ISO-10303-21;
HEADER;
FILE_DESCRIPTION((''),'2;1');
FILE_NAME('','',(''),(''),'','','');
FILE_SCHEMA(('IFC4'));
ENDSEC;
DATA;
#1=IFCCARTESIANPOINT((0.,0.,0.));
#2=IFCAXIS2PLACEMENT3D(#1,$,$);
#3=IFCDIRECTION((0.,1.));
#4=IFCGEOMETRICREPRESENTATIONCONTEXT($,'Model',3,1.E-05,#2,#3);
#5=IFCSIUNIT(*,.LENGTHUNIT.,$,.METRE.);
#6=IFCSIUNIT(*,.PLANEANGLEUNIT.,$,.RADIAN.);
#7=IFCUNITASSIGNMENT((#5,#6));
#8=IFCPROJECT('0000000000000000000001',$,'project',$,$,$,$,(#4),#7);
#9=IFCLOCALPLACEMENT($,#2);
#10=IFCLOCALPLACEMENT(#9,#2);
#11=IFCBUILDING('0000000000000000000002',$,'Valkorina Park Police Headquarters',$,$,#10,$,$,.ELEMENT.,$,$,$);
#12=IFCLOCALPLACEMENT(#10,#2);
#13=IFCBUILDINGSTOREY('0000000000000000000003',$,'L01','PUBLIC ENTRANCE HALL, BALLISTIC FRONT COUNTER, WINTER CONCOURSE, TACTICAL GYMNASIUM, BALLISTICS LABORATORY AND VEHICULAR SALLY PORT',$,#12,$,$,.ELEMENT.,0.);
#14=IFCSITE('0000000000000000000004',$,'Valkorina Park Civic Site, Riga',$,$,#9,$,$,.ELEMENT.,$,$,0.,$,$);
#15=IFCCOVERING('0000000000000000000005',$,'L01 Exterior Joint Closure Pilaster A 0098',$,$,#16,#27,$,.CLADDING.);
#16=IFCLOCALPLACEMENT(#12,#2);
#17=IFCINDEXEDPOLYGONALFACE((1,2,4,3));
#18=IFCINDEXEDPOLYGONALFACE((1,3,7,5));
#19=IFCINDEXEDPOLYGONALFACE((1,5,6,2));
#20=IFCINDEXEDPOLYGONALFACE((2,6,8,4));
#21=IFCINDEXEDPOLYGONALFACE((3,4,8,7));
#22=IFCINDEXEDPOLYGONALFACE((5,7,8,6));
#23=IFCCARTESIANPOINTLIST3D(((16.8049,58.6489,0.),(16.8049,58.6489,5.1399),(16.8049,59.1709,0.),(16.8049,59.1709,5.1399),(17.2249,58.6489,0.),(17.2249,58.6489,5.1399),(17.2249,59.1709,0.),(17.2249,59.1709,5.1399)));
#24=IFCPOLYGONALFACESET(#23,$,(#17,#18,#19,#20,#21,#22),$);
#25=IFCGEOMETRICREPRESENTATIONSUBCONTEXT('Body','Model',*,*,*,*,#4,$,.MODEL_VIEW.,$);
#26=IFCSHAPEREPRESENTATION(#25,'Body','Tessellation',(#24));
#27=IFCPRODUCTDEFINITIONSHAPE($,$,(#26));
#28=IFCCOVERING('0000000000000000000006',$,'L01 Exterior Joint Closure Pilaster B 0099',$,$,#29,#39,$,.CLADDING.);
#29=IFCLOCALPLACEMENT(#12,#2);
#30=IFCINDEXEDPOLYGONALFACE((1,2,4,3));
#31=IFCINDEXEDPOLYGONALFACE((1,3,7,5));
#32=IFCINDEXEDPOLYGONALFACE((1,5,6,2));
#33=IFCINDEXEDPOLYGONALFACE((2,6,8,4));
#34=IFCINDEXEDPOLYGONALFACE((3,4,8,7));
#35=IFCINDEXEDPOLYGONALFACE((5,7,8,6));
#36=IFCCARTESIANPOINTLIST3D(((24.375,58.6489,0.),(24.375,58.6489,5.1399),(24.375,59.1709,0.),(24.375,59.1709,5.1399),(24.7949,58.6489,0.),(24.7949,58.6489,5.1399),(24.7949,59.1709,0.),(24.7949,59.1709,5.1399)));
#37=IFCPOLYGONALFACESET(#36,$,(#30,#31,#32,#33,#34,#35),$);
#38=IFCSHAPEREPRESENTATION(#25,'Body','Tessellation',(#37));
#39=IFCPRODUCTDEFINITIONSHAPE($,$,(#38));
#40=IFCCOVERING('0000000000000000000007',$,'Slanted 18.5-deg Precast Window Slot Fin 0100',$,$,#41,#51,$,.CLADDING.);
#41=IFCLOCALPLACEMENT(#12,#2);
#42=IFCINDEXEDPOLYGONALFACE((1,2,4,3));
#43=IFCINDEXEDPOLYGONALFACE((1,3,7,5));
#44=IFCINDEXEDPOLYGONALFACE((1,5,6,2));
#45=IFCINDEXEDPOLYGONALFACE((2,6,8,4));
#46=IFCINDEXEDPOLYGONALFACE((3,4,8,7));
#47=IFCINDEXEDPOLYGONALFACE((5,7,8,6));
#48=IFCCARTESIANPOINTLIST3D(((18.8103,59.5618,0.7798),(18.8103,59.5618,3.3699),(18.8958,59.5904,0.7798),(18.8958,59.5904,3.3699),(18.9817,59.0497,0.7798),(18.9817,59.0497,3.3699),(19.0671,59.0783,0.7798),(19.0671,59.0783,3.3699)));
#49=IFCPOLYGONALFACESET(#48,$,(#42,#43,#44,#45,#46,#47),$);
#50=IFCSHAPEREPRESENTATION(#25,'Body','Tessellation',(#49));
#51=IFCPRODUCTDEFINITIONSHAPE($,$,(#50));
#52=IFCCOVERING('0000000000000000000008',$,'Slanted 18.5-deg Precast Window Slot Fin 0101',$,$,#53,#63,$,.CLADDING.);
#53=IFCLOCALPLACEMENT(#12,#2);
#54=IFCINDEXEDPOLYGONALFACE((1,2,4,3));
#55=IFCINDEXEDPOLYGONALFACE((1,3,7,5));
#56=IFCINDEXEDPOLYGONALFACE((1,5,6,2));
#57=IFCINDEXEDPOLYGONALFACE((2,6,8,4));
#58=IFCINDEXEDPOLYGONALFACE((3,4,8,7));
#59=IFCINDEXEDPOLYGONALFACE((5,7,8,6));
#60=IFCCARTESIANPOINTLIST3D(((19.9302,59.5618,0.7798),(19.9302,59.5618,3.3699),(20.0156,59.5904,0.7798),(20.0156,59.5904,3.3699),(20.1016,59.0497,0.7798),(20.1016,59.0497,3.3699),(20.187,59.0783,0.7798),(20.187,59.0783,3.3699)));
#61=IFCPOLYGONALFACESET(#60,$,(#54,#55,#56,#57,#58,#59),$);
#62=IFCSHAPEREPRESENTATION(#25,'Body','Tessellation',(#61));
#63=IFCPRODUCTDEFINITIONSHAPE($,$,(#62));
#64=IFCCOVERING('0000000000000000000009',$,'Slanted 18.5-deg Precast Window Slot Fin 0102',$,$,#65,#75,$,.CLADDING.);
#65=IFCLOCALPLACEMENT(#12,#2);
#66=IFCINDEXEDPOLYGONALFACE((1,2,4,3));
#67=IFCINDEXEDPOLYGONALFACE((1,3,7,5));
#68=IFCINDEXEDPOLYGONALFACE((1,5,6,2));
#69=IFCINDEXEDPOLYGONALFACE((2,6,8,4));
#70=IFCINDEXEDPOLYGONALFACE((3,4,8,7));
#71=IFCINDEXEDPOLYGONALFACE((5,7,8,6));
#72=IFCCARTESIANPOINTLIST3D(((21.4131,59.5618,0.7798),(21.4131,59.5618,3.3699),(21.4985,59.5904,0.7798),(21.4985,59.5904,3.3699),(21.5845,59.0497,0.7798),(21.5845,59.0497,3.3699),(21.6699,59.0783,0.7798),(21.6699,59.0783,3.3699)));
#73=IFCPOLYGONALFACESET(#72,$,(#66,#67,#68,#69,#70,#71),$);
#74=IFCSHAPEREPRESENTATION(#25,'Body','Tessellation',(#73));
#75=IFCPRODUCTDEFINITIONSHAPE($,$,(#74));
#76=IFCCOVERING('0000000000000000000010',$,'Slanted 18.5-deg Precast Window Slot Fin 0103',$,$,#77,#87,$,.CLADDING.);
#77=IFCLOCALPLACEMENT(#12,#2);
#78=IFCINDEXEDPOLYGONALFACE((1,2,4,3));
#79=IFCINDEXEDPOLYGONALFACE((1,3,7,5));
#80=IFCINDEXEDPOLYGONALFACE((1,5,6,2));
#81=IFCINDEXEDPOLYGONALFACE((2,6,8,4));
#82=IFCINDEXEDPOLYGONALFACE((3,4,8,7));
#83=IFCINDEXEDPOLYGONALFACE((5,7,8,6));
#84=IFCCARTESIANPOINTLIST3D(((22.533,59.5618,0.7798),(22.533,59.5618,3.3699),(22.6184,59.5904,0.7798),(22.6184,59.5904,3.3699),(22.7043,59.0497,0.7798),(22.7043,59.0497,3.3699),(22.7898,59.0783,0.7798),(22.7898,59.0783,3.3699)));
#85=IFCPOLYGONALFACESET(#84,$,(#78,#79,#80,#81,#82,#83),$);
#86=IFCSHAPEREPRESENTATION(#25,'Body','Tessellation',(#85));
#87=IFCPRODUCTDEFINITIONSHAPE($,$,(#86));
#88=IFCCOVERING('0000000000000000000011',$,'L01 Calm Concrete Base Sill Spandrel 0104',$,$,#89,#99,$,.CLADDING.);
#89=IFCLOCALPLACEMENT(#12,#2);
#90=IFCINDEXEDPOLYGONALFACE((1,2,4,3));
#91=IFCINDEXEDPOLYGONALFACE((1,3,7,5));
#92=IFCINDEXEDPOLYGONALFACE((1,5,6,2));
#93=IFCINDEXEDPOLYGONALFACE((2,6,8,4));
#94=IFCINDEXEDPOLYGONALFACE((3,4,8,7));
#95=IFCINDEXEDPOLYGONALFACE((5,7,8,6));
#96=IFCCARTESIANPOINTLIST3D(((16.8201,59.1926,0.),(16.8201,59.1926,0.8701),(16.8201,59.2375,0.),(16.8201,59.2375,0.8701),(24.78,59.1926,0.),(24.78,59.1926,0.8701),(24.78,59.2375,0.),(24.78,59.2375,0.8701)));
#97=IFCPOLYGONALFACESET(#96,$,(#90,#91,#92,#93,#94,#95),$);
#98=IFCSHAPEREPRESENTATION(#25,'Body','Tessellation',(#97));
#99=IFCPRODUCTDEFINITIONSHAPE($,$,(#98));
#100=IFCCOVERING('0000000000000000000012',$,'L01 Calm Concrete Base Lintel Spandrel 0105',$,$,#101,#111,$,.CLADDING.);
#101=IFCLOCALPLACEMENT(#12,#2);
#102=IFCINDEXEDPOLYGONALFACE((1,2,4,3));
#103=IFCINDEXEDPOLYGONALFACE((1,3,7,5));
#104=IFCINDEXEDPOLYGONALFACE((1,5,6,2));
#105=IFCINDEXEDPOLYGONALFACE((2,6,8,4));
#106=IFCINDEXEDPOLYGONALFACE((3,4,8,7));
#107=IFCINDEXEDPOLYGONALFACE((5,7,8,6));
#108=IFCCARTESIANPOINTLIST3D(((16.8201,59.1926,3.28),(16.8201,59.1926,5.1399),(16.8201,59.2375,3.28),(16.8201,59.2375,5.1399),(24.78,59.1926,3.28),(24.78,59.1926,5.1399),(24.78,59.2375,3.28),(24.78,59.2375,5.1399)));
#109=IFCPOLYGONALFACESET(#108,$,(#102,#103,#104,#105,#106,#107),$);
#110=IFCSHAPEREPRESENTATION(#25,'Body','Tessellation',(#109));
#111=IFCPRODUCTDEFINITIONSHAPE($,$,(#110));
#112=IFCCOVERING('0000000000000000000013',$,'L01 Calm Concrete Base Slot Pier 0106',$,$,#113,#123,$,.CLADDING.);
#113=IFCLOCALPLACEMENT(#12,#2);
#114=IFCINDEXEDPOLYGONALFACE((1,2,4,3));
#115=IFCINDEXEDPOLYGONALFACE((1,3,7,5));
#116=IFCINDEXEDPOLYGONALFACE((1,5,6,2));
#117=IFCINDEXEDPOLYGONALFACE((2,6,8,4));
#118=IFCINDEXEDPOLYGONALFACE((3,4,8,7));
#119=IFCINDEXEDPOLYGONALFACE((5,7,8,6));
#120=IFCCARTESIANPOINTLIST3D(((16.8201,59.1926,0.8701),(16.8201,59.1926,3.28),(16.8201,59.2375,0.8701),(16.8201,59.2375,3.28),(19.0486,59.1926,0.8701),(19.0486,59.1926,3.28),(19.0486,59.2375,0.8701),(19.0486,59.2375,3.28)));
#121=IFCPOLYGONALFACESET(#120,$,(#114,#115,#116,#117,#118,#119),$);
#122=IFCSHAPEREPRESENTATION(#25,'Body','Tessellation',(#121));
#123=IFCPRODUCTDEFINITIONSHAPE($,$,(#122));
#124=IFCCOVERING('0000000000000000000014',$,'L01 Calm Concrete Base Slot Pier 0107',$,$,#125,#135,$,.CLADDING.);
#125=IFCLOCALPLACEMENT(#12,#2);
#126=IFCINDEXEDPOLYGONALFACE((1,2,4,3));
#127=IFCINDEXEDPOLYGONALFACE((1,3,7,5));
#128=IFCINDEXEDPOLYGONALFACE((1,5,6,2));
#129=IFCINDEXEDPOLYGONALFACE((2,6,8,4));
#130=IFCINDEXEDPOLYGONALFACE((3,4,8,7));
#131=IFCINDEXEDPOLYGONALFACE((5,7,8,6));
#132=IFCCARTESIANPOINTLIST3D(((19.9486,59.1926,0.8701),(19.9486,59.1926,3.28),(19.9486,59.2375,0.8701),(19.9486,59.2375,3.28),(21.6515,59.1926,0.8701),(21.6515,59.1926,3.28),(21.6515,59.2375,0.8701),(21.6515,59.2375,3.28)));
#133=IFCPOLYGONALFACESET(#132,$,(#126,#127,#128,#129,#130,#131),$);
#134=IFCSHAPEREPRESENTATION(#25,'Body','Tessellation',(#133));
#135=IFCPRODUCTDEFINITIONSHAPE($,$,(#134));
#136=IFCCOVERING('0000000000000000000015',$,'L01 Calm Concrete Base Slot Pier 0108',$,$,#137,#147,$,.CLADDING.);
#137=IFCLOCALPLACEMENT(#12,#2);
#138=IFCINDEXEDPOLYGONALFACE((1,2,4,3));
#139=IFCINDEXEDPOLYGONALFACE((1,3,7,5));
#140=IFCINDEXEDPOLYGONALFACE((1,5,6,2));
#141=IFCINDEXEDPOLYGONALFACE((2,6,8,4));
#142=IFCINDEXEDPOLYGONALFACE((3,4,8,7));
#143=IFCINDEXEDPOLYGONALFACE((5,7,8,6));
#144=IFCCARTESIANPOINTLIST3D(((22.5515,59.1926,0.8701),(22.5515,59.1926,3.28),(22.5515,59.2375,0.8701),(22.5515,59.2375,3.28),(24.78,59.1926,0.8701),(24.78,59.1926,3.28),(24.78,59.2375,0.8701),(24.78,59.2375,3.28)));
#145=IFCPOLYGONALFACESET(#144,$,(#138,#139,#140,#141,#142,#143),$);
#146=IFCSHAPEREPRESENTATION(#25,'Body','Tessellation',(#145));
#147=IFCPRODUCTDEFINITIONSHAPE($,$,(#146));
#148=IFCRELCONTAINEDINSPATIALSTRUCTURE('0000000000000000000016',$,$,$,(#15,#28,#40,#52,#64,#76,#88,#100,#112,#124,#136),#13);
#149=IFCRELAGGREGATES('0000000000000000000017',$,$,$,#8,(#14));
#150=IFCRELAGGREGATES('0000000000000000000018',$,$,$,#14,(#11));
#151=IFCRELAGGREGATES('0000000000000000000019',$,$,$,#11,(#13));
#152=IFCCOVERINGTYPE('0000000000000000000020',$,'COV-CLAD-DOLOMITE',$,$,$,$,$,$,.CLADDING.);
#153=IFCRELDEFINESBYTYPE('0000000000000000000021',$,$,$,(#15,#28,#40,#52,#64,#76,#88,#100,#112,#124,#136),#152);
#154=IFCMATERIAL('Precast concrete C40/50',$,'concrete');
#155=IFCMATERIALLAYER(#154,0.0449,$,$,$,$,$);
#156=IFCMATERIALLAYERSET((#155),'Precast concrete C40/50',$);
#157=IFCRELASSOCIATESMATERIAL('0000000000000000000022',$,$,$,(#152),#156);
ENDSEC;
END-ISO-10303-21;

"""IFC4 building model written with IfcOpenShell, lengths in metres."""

from ifc_helpers import new_model, si_unit, direction, frame, frame_2d, origin, origin_2d, place, context, subcontext, project, spatial, rectangle, extrude, material, layer, layer_set, type_object, element, save


model = new_model("IFC4")

# Units and contexts
model_context = context("Model", 3, precision=1e-05, world=origin(), true_north=direction((0.0, 1.0)))
body_context = subcontext(model_context, "Body", "Model", "MODEL_VIEW")
ifc_project = project(units=[si_unit("LENGTHUNIT", "METRE"), si_unit("PLANEANGLEUNIT", "RADIAN")], contexts=[model_context])

# Site, building, storey
site_placement = place(None, origin())
site = spatial("IfcSite", under=ifc_project, at=site_placement, Name="Valkorina Park Civic Site, Riga", CompositionType="ELEMENT", RefElevation=0.0)
building_placement = place(site_placement, origin())
building = spatial("IfcBuilding", under=site, at=building_placement, Name="Valkorina Park Police Headquarters", CompositionType="ELEMENT")
storey_placement = place(building_placement, origin())
storey = spatial("IfcBuildingStorey", under=building, at=storey_placement, Name="L01", Description="PUBLIC ENTRANCE HALL, BALLISTIC FRONT COUNTER, WINTER CONCOURSE, TACTICAL GYMNASIUM, BALLISTICS LABORATORY AND VEHICULAR SALLY PORT", CompositionType="ELEMENT", Elevation=0.0)

# Coverings
ifc_material_1 = material(Name="Precast concrete C40/50", Category="concrete")
ifc_layer_1 = layer(ifc_material_1, 0.0449)
ifc_layer_set_1 = layer_set([ifc_layer_1], Name="Precast concrete C40/50")
covering_type = type_object("IfcCoveringType", Name="COV-CLAD-DOLOMITE", PredefinedType="CLADDING", material=ifc_layer_set_1)
for number, where, z_axis, x_axis, name in (
    (1, (17.0149, 58.9099, 0.0), (0.0, 0.0, 1.0), (1.0, 0.0, 0.0), "L01 Exterior Joint Closure Pilaster A 0098"),
    (2, (24.585, 58.9099, 0.0), (0.0, 0.0, 1.0), (1.0, 0.0, 0.0), "L01 Exterior Joint Closure Pilaster B 0099"),
):
    element("IfcCovering", number, at=place(storey_placement, frame(where, z_axis=z_axis, x_axis=x_axis)), inside=storey, type_object=covering_type, Name=name, PredefinedType="CLADDING", context=body_context, shape_type="SweptSolid", body=[
        extrude(rectangle(XDim=0.4199, YDim=0.522, at=origin_2d()), origin(), (0.0, 0.0, 1.0), 5.1399),
    ])
for number, where, z_axis, x_axis, name in (
    (3, (18.9387, 59.3201, 0.7798), (0.0, 0.0, 1.0), (-0.317305, 0.948324, 0.0), "Slanted 18.5-deg Precast Window Slot Fin 0100"),
    (4, (20.0586, 59.3201, 0.7798), (0.0, 0.0, 1.0), (-0.317305, 0.948324, 0.0), "Slanted 18.5-deg Precast Window Slot Fin 0101"),
    (5, (21.5415, 59.3201, 0.7798), (0.0, 0.0, 1.0), (-0.317305, 0.948324, 0.0), "Slanted 18.5-deg Precast Window Slot Fin 0102"),
    (6, (22.6614, 59.3201, 0.7798), (0.0, 0.0, 1.0), (-0.317305, 0.948324, 0.0), "Slanted 18.5-deg Precast Window Slot Fin 0103"),
):
    element("IfcCovering", number, at=place(storey_placement, frame(where, z_axis=z_axis, x_axis=x_axis)), inside=storey, type_object=covering_type, Name=name, PredefinedType="CLADDING", context=body_context, shape_type="SweptSolid", body=[
        extrude(rectangle(XDim=0.54, YDim=0.0901, at=origin_2d()), origin(), (0.0, 0.0, 1.0), 2.5901),
    ])
covering_1_placement = place(storey_placement, frame((16.8201, 59.2151, 0.0), z_axis=(0.0, 0.0, 1.0), x_axis=(1.0, 0.0, 0.0)))
element("IfcCovering", 7, at=covering_1_placement, inside=storey, type_object=covering_type, Name="L01 Calm Concrete Base Sill Spandrel 0104", PredefinedType="CLADDING", context=body_context, shape_type="SweptSolid", body=[
    extrude(rectangle(XDim=7.96, YDim=0.0449, at=frame_2d((3.98, 0.0))), origin(), (0.0, 0.0, 1.0), 0.8701),
])
covering_2_placement = place(storey_placement, frame((16.8201, 59.2151, 3.28), z_axis=(0.0, 0.0, 1.0), x_axis=(1.0, 0.0, 0.0)))
element("IfcCovering", 8, at=covering_2_placement, inside=storey, type_object=covering_type, Name="L01 Calm Concrete Base Lintel Spandrel 0105", PredefinedType="CLADDING", context=body_context, shape_type="SweptSolid", body=[
    extrude(rectangle(XDim=7.96, YDim=0.0449, at=frame_2d((3.98, 0.0))), origin(), (0.0, 0.0, 1.0), 1.8599),
])
covering_3_placement = place(storey_placement, frame((16.8201, 59.2151, 0.8701), z_axis=(0.0, 0.0, 1.0), x_axis=(1.0, 0.0, 0.0)))
element("IfcCovering", 9, at=covering_3_placement, inside=storey, type_object=covering_type, Name="L01 Calm Concrete Base Slot Pier 0106", PredefinedType="CLADDING", context=body_context, shape_type="SweptSolid", body=[
    extrude(rectangle(XDim=2.2285, YDim=0.0449, at=frame_2d((1.1143, 0.0))), origin(), (0.0, 0.0, 1.0), 2.4099),
])
covering_4_placement = place(storey_placement, frame((19.9485, 59.2151, 0.8701), z_axis=(0.0, 0.0, 1.0), x_axis=(1.0, 0.0, 0.0)))
element("IfcCovering", 10, at=covering_4_placement, inside=storey, type_object=covering_type, Name="L01 Calm Concrete Base Slot Pier 0107", PredefinedType="CLADDING", context=body_context, shape_type="SweptSolid", body=[
    extrude(rectangle(XDim=1.7029, YDim=0.0449, at=frame_2d((0.8516, 0.0))), origin(), (0.0, 0.0, 1.0), 2.4099),
])
covering_5_placement = place(storey_placement, frame((22.5515, 59.2151, 0.8701), z_axis=(0.0, 0.0, 1.0), x_axis=(1.0, 0.0, 0.0)))
element("IfcCovering", 11, at=covering_5_placement, inside=storey, type_object=covering_type, Name="L01 Calm Concrete Base Slot Pier 0108", PredefinedType="CLADDING", context=body_context, shape_type="SweptSolid", body=[
    extrude(rectangle(XDim=2.2285, YDim=0.0449, at=frame_2d((1.1143, 0.0))), origin(), (0.0, 0.0, 1.0), 2.4099),
])

save(model, "model.ifc")
